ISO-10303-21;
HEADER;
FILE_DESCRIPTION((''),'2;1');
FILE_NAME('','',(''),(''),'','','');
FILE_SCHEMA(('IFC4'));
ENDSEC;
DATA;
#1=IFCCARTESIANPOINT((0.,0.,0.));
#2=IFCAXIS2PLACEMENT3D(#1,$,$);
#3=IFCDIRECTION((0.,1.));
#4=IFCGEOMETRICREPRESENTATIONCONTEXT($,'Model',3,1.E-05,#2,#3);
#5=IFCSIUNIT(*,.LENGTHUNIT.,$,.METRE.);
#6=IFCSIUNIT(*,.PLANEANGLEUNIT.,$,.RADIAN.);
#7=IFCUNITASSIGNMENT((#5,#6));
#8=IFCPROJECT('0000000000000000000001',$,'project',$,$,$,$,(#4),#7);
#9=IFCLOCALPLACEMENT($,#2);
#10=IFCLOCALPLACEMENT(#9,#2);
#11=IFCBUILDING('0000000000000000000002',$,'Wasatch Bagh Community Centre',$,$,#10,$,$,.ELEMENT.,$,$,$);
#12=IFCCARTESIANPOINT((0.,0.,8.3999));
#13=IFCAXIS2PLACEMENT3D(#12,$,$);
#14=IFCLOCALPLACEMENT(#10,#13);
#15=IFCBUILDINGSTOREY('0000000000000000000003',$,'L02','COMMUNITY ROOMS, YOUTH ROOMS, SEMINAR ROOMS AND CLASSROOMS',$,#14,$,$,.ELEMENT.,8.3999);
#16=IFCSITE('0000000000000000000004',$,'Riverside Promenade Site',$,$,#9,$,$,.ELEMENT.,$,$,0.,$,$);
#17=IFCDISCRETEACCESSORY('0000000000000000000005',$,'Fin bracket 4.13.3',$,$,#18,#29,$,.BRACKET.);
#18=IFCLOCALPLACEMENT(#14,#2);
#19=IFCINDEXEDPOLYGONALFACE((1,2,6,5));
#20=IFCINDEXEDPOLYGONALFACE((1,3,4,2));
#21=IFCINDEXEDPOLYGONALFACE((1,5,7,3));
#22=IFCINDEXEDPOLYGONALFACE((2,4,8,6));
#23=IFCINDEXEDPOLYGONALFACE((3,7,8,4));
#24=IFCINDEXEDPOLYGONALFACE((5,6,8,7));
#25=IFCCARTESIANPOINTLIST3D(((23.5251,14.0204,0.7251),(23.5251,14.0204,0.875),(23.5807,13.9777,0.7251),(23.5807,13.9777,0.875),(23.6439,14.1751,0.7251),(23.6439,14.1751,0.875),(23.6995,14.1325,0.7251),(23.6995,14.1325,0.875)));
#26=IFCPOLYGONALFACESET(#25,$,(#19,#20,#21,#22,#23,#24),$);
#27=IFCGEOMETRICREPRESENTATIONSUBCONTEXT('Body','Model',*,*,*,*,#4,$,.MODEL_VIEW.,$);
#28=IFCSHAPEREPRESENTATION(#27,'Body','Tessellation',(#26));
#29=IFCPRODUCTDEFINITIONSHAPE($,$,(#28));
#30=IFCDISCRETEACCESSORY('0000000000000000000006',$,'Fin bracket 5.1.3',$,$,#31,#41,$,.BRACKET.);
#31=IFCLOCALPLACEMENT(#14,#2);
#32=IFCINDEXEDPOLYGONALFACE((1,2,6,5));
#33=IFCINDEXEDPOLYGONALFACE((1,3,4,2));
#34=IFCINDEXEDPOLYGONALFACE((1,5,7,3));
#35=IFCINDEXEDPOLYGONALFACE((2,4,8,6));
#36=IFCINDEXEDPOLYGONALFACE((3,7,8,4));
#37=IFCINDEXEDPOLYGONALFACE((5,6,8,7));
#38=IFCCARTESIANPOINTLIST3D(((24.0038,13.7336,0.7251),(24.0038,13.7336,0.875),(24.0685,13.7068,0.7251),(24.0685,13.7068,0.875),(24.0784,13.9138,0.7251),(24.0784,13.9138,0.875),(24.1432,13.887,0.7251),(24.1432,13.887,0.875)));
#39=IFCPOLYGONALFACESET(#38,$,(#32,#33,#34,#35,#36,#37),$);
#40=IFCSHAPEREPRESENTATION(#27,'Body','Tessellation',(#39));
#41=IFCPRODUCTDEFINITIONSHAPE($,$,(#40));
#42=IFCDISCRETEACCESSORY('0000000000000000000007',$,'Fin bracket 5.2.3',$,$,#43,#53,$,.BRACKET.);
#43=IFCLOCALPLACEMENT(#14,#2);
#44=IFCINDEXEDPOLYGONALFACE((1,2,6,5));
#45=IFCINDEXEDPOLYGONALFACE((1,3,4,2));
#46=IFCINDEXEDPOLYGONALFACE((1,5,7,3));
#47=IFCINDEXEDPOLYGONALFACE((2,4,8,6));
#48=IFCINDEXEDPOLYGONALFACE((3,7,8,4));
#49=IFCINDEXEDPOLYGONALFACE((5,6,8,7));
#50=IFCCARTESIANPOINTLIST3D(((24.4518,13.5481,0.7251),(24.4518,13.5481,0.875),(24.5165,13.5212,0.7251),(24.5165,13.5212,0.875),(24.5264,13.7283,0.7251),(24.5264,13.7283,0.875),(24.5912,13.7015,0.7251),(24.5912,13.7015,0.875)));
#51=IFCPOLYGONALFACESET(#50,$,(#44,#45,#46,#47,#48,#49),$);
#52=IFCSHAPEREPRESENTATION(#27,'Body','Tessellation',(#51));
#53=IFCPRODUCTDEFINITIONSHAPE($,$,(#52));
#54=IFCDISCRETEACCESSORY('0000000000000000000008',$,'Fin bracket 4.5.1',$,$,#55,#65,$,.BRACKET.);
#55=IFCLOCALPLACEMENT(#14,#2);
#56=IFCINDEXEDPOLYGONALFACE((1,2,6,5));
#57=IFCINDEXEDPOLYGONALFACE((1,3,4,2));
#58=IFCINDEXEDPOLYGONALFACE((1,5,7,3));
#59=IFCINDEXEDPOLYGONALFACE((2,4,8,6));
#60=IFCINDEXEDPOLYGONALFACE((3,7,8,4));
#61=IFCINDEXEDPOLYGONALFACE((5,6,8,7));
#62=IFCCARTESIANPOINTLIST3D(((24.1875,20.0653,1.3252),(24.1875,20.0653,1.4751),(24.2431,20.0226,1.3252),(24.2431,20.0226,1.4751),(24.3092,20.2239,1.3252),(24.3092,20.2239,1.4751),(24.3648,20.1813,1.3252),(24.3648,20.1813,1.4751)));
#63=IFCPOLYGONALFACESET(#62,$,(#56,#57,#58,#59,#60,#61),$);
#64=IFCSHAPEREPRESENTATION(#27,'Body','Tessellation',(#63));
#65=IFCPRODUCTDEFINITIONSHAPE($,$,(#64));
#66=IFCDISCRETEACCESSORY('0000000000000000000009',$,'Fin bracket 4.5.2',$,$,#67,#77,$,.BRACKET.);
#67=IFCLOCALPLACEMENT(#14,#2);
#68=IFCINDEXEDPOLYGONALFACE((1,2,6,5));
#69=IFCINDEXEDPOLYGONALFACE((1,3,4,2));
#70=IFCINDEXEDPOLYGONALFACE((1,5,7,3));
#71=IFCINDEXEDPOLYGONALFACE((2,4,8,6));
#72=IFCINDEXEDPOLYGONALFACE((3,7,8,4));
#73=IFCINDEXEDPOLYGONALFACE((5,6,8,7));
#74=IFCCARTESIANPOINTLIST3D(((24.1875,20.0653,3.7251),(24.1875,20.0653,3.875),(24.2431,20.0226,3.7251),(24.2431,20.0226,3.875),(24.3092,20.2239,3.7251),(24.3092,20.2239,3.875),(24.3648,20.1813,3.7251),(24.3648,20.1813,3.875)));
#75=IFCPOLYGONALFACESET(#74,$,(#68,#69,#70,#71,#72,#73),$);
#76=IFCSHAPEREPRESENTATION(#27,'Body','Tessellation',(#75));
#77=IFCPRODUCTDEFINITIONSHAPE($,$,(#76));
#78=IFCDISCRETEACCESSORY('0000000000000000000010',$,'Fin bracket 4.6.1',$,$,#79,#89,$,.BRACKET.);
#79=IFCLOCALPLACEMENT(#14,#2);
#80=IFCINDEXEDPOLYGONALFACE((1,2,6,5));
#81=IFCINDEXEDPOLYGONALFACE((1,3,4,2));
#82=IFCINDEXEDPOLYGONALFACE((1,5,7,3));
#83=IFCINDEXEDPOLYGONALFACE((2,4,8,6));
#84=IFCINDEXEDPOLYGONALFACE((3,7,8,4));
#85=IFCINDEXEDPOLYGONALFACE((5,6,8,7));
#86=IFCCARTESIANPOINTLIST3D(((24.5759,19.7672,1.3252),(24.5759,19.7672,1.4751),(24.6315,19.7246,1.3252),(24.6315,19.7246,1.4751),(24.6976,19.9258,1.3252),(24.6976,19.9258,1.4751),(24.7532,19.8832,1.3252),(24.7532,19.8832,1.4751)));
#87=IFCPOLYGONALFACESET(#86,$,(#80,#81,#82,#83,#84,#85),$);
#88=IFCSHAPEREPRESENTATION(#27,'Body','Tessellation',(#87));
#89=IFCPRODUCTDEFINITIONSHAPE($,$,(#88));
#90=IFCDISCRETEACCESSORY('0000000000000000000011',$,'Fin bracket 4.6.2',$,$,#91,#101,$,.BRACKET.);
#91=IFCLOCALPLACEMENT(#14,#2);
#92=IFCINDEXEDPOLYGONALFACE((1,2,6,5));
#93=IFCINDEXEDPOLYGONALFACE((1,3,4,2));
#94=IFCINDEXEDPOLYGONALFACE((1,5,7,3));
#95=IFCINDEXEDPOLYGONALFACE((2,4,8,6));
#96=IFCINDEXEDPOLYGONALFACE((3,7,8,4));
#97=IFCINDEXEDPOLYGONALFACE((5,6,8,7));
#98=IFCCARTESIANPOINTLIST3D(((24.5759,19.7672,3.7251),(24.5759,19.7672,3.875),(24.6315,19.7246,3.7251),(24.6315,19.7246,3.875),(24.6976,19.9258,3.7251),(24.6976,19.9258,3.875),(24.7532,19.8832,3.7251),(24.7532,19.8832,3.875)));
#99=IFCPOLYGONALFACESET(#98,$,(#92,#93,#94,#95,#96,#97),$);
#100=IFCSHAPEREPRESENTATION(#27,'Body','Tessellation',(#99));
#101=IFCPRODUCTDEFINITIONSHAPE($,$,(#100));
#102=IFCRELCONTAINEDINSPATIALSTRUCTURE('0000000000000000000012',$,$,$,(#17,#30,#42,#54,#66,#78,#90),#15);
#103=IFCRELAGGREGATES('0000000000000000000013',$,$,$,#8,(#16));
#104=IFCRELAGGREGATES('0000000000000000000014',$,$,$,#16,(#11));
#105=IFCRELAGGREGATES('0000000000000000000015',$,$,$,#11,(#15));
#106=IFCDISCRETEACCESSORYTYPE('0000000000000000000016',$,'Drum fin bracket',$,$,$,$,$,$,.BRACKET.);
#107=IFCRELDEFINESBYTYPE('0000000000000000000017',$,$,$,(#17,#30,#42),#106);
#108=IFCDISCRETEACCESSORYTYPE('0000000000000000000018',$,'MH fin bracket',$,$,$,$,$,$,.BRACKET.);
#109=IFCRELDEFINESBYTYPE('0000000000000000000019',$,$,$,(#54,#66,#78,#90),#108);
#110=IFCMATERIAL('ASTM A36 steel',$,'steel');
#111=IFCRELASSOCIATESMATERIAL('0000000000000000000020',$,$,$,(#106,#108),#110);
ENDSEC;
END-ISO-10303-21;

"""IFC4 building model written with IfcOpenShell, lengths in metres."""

from ifc_helpers import new_model, si_unit, direction, frame, origin, origin_2d, place, context, subcontext, project, spatial, rectangle, extrude, material, type_object, element, save


model = new_model("IFC4")

# Units and contexts
model_context = context("Model", 3, precision=1e-05, world=origin(), true_north=direction((0.0, 1.0)))
body_context = subcontext(model_context, "Body", "Model", "MODEL_VIEW")
ifc_project = project(units=[si_unit("LENGTHUNIT", "METRE"), si_unit("PLANEANGLEUNIT", "RADIAN")], contexts=[model_context])

# Site, building, storey
site_placement = place(None, origin())
site = spatial("IfcSite", under=ifc_project, at=site_placement, Name="Riverside Promenade Site", CompositionType="ELEMENT", RefElevation=0.0)
building_placement = place(site_placement, origin())
building = spatial("IfcBuilding", under=site, at=building_placement, Name="Wasatch Bagh Community Centre", CompositionType="ELEMENT")
storey_placement = place(building_placement, frame((0.0, 0.0, 8.3999)))
storey = spatial("IfcBuildingStorey", under=building, at=storey_placement, Name="L02", Description="COMMUNITY ROOMS, YOUTH ROOMS, SEMINAR ROOMS AND CLASSROOMS", CompositionType="ELEMENT", Elevation=8.3999)

# Discrete accessories
ifc_material_1 = material(Name="ASTM A36 steel", Category="steel")
discrete_accessory_type_1 = type_object("IfcDiscreteAccessoryType", Name="Drum fin bracket", PredefinedType="BRACKET", material=ifc_material_1)
for number, where, z_axis, x_axis, name in (
    (1, (23.6123, 14.0764, 0.7251), (0.0, 0.0, 1.0), (0.793353, -0.608761, 0.0), "Fin bracket 4.13.3"),
    (2, (24.0735, 13.8103, 0.7251), (0.0, 0.0, 1.0), (0.92388, -0.382683, 0.0), "Fin bracket 5.1.3"),
    (3, (24.5215, 13.6248, 0.7251), (0.0, 0.0, 1.0), (0.92388, -0.382683, 0.0), "Fin bracket 5.2.3"),
):
    element("IfcDiscreteAccessory", number, at=place(storey_placement, frame(where, z_axis=z_axis, x_axis=x_axis)), inside=storey, type_object=discrete_accessory_type_1, Name=name, PredefinedType="BRACKET", context=body_context, shape_type="SweptSolid", body=[
        extrude(rectangle(XDim=0.0701, YDim=0.1951, at=origin_2d()), origin(), (0.0, 0.0, 1.0), 0.1499),
    ])
discrete_accessory_type_2 = type_object("IfcDiscreteAccessoryType", Name="MH fin bracket", PredefinedType="BRACKET", material=ifc_material_1)
for number, where, z_axis, x_axis, name in (
    (4, (24.2761, 20.1233, 1.3252), (0.0, 0.0, 1.0), (0.793353, -0.608761, 0.0), "Fin bracket 4.5.1"),
    (5, (24.2761, 20.1233, 3.7251), (0.0, 0.0, 1.0), (0.793353, -0.608761, 0.0), "Fin bracket 4.5.2"),
    (6, (24.6646, 19.8252, 1.3252), (0.0, 0.0, 1.0), (0.793353, -0.608761, 0.0), "Fin bracket 4.6.1"),
    (7, (24.6646, 19.8252, 3.7251), (0.0, 0.0, 1.0), (0.793353, -0.608761, 0.0), "Fin bracket 4.6.2"),
):
    element("IfcDiscreteAccessory", number, at=place(storey_placement, frame(where, z_axis=z_axis, x_axis=x_axis)), inside=storey, type_object=discrete_accessory_type_2, Name=name, PredefinedType="BRACKET", context=body_context, shape_type="SweptSolid", body=[
        extrude(rectangle(XDim=0.0701, YDim=0.2, at=origin_2d()), origin(), (0.0, 0.0, 1.0), 0.1499),
    ])

save(model, "model.ifc")
